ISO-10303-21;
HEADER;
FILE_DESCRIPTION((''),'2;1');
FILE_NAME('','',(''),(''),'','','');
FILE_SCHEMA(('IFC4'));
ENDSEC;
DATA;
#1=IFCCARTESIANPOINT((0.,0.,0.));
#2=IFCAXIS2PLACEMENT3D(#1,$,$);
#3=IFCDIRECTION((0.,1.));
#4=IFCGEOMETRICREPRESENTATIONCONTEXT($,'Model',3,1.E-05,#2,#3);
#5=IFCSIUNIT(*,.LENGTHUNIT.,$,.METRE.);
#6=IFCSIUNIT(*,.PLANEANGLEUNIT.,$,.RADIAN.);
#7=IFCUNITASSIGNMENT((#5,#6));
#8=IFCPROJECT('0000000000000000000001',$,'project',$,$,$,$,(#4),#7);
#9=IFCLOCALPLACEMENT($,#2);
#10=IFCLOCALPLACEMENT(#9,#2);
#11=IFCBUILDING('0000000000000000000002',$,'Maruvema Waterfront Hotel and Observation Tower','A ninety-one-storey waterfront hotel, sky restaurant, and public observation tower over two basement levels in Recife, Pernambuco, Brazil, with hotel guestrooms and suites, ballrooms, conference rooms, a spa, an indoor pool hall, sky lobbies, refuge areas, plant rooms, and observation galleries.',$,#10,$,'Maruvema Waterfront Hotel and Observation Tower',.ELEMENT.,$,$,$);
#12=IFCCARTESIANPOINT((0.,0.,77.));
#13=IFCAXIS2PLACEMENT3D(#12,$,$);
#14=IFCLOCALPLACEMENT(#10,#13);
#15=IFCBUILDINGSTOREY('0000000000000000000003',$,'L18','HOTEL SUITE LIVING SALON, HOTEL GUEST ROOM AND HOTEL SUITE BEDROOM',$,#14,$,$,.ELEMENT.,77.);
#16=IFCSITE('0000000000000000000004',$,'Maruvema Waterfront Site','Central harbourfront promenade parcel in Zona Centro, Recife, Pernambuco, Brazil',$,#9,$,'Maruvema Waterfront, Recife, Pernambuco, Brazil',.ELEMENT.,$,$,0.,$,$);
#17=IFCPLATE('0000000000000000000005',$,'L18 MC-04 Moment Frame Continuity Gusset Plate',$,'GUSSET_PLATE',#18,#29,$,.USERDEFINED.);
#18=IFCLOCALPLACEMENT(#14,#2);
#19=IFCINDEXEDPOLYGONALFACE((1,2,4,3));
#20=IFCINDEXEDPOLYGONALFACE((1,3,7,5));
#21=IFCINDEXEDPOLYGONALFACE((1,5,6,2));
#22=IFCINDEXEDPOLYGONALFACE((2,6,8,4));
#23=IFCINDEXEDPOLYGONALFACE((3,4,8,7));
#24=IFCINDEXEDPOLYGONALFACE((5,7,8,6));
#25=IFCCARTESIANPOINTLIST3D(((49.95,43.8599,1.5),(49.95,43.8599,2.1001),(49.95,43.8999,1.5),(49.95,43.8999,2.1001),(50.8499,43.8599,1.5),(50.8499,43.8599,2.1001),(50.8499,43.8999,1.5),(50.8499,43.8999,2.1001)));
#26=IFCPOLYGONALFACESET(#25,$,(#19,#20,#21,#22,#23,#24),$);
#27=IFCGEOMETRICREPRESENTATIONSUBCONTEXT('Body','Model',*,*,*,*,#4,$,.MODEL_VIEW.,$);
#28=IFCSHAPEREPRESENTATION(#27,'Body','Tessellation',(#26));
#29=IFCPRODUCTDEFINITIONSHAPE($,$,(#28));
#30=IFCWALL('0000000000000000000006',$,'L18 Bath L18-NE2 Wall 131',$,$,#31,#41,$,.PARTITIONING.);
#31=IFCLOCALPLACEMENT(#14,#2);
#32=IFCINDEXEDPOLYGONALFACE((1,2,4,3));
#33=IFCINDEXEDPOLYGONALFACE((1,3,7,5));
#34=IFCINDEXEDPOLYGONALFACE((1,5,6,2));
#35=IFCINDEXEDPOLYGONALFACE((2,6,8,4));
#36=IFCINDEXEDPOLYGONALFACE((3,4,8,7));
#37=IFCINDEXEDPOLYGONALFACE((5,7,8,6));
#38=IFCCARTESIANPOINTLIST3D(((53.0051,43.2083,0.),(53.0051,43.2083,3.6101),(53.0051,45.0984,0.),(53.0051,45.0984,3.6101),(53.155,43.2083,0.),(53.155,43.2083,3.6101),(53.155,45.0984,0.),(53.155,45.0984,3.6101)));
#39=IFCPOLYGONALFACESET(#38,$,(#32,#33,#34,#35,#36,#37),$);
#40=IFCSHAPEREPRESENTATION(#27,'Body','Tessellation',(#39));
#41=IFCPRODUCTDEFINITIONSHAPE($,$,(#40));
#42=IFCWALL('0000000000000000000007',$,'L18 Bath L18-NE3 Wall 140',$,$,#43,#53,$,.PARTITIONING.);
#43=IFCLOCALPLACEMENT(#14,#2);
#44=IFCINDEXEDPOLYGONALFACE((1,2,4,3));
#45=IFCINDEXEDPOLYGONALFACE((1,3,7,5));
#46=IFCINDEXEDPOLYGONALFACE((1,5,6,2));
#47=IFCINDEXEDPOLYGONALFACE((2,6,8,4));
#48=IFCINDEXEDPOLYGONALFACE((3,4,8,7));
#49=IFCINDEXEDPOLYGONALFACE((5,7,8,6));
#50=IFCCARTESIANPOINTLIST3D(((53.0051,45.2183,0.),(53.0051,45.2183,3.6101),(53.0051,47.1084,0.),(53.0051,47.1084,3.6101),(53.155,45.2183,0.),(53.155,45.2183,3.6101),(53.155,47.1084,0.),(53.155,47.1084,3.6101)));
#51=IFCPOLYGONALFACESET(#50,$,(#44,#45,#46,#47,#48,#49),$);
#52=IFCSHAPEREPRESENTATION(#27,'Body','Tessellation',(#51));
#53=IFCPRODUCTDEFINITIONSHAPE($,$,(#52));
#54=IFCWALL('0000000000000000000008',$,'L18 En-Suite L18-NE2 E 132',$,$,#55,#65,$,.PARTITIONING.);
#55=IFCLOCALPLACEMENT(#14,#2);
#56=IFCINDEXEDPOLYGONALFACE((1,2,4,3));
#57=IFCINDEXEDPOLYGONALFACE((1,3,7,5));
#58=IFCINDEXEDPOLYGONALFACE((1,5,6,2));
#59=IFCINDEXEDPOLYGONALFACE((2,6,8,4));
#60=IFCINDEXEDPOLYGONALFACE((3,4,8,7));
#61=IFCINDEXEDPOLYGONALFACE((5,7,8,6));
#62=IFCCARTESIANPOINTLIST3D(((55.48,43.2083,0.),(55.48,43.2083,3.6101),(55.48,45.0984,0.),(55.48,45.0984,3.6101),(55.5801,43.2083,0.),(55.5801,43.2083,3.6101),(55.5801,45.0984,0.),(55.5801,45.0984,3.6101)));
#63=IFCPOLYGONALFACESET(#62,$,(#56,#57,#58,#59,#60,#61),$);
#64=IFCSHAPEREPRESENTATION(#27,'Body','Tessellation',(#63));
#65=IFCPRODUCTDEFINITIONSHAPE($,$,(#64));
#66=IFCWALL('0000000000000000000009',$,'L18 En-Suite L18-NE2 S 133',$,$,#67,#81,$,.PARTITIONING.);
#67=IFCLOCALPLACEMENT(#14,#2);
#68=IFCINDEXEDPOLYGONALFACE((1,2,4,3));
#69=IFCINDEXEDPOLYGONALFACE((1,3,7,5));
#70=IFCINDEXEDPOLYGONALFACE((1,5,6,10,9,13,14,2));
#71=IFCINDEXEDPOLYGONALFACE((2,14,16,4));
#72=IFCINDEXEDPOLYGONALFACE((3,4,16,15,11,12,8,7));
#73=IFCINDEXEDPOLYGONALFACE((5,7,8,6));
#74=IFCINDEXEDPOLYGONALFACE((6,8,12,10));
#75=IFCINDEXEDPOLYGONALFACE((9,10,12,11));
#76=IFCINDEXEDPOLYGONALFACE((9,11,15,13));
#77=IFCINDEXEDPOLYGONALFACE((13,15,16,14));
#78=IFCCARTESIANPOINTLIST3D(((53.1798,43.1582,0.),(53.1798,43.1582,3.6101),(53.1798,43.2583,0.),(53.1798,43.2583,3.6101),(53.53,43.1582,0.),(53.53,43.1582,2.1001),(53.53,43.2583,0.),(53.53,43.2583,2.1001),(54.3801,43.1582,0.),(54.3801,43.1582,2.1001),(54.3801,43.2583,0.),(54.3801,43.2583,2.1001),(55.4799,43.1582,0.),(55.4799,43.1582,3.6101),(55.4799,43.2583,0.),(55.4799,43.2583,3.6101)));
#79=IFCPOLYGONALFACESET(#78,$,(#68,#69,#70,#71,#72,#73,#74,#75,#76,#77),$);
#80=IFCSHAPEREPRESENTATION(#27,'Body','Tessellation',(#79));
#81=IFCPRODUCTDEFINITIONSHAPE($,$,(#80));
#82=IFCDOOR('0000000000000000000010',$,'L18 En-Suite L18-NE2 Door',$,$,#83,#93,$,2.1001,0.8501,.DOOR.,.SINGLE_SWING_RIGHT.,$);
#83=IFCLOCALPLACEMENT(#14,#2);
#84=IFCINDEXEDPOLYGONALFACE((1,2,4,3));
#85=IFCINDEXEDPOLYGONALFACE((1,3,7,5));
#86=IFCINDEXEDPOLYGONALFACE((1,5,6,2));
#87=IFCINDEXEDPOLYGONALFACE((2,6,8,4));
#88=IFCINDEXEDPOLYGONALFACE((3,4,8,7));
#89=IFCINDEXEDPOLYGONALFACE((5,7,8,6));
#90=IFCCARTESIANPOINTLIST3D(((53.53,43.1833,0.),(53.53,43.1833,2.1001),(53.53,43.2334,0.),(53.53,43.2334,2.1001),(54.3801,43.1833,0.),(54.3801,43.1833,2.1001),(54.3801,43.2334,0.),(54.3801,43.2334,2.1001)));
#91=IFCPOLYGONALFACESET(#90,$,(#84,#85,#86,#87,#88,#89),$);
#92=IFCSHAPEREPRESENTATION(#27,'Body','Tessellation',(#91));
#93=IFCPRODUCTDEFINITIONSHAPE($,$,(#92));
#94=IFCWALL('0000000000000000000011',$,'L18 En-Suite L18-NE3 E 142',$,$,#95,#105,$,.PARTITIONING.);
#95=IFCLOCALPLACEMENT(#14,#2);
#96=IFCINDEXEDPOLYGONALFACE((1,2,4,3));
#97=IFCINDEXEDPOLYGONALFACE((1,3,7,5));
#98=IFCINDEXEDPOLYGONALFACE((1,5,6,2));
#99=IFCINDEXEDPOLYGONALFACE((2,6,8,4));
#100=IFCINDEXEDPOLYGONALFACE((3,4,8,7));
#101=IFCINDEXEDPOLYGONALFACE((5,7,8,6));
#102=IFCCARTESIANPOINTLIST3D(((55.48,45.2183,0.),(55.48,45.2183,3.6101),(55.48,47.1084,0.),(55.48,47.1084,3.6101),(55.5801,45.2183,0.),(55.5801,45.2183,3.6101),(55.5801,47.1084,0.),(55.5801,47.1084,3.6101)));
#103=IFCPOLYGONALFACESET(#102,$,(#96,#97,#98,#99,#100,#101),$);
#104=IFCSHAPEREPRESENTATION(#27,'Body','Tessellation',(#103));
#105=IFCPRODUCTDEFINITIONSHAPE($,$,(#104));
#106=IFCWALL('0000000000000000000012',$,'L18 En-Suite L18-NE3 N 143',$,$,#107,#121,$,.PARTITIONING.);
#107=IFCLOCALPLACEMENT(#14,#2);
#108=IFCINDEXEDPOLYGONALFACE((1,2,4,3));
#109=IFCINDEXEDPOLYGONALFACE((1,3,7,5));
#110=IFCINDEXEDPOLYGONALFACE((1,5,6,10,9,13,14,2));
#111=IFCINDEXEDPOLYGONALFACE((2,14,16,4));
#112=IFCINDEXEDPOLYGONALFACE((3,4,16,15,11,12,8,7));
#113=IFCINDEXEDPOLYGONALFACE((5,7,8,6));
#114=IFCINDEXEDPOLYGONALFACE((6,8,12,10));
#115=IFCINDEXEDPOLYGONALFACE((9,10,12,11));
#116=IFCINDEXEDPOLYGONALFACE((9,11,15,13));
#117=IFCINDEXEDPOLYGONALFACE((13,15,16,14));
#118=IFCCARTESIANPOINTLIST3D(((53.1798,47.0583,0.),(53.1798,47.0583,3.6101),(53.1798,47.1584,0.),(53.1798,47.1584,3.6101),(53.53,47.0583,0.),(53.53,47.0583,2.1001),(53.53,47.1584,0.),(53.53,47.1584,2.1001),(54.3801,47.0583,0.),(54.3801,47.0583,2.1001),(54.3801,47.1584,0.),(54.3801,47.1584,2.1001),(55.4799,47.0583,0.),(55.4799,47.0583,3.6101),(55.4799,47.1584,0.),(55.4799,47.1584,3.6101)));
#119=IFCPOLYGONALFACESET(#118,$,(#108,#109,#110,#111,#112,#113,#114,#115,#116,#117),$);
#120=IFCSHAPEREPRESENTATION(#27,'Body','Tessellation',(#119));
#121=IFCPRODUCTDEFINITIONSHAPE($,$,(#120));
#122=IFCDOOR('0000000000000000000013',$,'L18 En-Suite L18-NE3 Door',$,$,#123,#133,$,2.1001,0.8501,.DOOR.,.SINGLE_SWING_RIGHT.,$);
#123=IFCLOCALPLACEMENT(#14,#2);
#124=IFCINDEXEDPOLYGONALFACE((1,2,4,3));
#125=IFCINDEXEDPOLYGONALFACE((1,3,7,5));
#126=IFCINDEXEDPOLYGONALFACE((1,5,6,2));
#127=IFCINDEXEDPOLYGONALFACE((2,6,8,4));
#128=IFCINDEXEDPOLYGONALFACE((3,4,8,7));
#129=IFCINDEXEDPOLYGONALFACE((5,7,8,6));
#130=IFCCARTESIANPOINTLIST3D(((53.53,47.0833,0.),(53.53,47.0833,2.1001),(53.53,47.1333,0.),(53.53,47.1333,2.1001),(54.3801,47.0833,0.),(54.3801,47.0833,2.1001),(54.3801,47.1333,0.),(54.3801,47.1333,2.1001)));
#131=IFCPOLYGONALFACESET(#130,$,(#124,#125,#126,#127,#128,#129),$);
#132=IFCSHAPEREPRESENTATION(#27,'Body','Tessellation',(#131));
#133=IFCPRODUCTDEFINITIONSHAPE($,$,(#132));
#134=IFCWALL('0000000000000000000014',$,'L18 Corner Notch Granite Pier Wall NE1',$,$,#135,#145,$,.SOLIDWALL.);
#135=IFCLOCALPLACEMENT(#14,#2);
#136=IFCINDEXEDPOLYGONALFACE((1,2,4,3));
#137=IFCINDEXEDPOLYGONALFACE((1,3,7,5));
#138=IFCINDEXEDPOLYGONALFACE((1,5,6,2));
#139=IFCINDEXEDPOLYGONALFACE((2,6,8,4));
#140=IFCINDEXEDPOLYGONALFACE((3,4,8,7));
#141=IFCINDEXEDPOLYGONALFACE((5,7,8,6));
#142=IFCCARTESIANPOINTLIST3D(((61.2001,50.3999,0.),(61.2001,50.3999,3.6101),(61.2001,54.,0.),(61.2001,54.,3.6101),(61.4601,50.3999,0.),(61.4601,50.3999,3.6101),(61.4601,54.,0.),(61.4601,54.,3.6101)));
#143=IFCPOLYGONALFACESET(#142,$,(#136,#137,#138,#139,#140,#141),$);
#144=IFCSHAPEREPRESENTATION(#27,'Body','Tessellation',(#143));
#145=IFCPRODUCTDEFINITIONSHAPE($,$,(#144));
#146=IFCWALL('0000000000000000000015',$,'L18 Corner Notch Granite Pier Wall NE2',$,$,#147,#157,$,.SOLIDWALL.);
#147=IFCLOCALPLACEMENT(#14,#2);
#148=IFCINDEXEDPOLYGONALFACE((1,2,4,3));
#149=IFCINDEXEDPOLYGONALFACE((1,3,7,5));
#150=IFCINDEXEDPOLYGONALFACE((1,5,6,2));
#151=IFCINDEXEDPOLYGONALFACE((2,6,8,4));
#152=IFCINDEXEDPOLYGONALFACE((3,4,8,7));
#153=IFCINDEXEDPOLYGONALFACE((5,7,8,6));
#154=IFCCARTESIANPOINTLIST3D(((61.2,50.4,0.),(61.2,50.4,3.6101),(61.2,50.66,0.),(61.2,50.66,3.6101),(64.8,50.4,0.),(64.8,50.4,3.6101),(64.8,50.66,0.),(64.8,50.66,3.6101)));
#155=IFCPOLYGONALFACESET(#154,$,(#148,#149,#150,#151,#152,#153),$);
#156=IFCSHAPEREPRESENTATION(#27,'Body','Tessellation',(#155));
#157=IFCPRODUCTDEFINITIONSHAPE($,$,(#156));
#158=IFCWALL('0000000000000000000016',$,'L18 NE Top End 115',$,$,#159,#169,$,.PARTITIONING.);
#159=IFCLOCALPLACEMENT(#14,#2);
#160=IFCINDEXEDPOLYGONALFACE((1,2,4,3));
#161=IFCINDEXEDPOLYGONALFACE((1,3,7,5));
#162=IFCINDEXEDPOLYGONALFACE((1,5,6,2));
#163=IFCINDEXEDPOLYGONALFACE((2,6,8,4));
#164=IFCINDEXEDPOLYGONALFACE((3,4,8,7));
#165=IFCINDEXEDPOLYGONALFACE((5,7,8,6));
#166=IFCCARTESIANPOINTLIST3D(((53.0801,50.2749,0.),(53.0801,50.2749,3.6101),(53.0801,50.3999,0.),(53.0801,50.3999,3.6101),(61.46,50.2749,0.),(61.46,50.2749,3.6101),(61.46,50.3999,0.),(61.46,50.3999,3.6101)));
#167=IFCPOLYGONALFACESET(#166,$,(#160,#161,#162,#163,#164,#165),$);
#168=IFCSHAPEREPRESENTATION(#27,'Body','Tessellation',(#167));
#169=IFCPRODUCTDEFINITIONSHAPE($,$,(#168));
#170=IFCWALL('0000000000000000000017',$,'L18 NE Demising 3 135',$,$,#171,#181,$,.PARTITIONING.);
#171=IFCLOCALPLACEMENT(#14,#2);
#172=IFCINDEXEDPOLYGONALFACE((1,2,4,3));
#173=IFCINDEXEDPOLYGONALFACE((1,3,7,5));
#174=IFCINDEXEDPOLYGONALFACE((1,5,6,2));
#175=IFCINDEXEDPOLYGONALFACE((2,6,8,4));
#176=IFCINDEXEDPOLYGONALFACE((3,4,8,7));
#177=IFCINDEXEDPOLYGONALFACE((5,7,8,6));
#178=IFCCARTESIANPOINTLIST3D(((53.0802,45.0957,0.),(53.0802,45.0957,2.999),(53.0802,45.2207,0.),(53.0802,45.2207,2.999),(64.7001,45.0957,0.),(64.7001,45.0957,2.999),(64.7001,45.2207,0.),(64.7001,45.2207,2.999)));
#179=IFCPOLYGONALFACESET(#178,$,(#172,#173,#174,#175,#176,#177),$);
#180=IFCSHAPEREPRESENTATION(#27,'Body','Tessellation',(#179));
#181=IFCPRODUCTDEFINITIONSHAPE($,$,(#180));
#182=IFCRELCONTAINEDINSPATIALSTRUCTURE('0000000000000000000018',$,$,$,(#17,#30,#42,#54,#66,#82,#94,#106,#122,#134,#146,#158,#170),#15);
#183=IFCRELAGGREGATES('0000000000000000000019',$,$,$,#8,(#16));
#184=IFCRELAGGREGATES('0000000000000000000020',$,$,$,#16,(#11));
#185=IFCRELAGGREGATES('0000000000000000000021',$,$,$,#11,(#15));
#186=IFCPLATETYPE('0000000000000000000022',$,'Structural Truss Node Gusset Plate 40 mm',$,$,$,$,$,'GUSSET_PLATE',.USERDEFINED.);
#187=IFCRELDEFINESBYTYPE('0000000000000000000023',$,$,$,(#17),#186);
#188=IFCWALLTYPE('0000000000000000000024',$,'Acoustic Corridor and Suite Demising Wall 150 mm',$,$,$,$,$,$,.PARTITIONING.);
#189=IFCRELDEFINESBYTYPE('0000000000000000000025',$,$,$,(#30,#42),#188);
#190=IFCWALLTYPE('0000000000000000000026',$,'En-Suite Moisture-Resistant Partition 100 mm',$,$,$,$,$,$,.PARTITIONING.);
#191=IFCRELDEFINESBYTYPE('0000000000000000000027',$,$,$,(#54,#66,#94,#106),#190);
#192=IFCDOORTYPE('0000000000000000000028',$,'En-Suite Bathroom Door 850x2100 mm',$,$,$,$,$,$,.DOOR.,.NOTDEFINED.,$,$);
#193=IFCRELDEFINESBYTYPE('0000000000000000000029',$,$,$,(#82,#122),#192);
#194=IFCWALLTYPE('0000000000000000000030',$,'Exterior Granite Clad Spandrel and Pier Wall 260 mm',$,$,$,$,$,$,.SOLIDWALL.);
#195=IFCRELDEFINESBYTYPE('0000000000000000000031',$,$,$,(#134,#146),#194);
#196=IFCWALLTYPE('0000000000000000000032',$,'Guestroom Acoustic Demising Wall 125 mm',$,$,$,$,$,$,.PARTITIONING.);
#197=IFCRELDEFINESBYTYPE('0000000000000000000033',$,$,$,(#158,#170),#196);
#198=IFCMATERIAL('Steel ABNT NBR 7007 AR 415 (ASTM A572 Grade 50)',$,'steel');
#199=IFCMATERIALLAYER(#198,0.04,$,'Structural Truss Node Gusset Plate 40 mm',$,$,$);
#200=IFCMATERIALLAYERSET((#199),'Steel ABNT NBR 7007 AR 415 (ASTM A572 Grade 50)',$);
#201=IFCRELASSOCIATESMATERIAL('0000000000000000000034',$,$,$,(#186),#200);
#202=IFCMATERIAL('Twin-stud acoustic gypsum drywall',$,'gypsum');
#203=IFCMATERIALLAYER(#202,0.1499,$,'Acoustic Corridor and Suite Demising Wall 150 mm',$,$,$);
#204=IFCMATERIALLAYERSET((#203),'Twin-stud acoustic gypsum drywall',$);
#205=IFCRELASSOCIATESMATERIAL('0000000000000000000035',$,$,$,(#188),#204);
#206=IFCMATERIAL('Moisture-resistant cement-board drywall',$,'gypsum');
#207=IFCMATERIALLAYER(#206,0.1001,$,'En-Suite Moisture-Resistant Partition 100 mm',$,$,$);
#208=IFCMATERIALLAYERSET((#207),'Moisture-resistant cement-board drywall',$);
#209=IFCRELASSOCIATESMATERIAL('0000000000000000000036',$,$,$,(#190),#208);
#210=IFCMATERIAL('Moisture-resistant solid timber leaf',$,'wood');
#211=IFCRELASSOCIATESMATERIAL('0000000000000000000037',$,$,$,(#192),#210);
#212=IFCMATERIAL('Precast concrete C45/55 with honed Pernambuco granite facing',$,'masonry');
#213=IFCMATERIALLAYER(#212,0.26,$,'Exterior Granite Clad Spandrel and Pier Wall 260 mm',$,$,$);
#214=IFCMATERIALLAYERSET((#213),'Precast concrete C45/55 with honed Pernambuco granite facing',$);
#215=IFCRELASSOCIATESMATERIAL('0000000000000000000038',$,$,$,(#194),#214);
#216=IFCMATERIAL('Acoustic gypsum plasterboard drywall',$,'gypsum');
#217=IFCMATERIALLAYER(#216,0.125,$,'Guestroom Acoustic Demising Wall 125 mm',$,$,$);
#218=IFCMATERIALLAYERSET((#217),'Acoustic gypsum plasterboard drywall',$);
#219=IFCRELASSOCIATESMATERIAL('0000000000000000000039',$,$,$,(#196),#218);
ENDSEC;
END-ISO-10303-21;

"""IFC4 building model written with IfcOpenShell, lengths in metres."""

from ifc_helpers import new_model, si_unit, direction, frame, frame_2d, origin, origin_2d, place, context, subcontext, project, spatial, rectangle, extrude, material, layer, layer_set, type_object, element, fill, save


model = new_model("IFC4")

# Units and contexts
model_context = context("Model", 3, precision=1e-05, world=origin(), true_north=direction((0.0, 1.0)))
body_context = subcontext(model_context, "Body", "Model", "MODEL_VIEW")
ifc_project = project(units=[si_unit("LENGTHUNIT", "METRE"), si_unit("PLANEANGLEUNIT", "RADIAN")], contexts=[model_context])

# Site, building, storey
site_placement = place(None, origin())
site = spatial("IfcSite", under=ifc_project, at=site_placement, Name="Maruvema Waterfront Site", Description="Central harbourfront promenade parcel in Zona Centro, Recife, Pernambuco, Brazil", LongName="Maruvema Waterfront, Recife, Pernambuco, Brazil", CompositionType="ELEMENT", RefElevation=0.0)
building_placement = place(site_placement, origin())
building = spatial("IfcBuilding", under=site, at=building_placement, Name="Maruvema Waterfront Hotel and Observation Tower", Description="A ninety-one-storey waterfront hotel, sky restaurant, and public observation tower over two basement levels in Recife, Pernambuco, Brazil, with hotel guestrooms and suites, ballrooms, conference rooms, a spa, an indoor pool hall, sky lobbies, refuge areas, plant rooms, and observation galleries.", LongName="Maruvema Waterfront Hotel and Observation Tower", CompositionType="ELEMENT")
storey_placement = place(building_placement, frame((0.0, 0.0, 77.0)))
storey = spatial("IfcBuildingStorey", under=building, at=storey_placement, Name="L18", Description="HOTEL SUITE LIVING SALON, HOTEL GUEST ROOM AND HOTEL SUITE BEDROOM", CompositionType="ELEMENT", Elevation=77.0)

# Plate
ifc_material_1 = material(Name="Steel ABNT NBR 7007 AR 415 (ASTM A572 Grade 50)", Category="steel")
ifc_layer_1 = layer(ifc_material_1, 0.04, Name="Structural Truss Node Gusset Plate 40 mm")
ifc_layer_set_1 = layer_set([ifc_layer_1], Name="Steel ABNT NBR 7007 AR 415 (ASTM A572 Grade 50)")
plate_type_1 = type_object("IfcPlateType", Name="Structural Truss Node Gusset Plate 40 mm", ElementType="GUSSET_PLATE", PredefinedType="USERDEFINED", material=ifc_layer_set_1)
plate_1_placement = place(storey_placement, frame((50.3999, 43.8799, 1.5), z_axis=(0.0, 0.0, 1.0), x_axis=(1.0, 0.0, 0.0)))
element("IfcPlate", 1, at=plate_1_placement, inside=storey, type_object=plate_type_1, Name="L18 MC-04 Moment Frame Continuity Gusset Plate", ObjectType="GUSSET_PLATE", PredefinedType="USERDEFINED", context=body_context, shape_type="SweptSolid", body=[
    extrude(rectangle(XDim=0.8999, YDim=0.04, at=origin_2d()), origin(), (0.0, 0.0, 1.0), 0.6001),
])

# Shared definitions
ifc_material_2 = material(Name="Twin-stud acoustic gypsum drywall", Category="gypsum")
ifc_layer_2 = layer(ifc_material_2, 0.1499, Name="Acoustic Corridor and Suite Demising Wall 150 mm")
ifc_layer_set_2 = layer_set([ifc_layer_2], Name="Twin-stud acoustic gypsum drywall")
wall_type_1 = type_object("IfcWallType", Name="Acoustic Corridor and Suite Demising Wall 150 mm", PredefinedType="PARTITIONING", material=ifc_layer_set_2)

# Walls
for number, where, z_axis, x_axis, name in (
    (2, (53.0801, 43.2083, 0.0), (0.0, 0.0, 1.0), (0.0, 1.0, 0.0), "L18 Bath L18-NE2 Wall 131"),
    (3, (53.0801, 45.2183, 0.0), (0.0, 0.0, 1.0), (0.0, 1.0, 0.0), "L18 Bath L18-NE3 Wall 140"),
):
    element("IfcWall", number, at=place(storey_placement, frame(where, z_axis=z_axis, x_axis=x_axis)), inside=storey, type_object=wall_type_1, Name=name, PredefinedType="PARTITIONING", context=body_context, shape_type="SweptSolid", body=[
        extrude(rectangle(XDim=1.8901, YDim=0.1499, at=frame_2d((0.9451, 0.0))), origin(), (0.0, 0.0, 1.0), 3.6101),
    ])

# Wall
ifc_material_3 = material(Name="Moisture-resistant cement-board drywall", Category="gypsum")
ifc_layer_3 = layer(ifc_material_3, 0.1001, Name="En-Suite Moisture-Resistant Partition 100 mm")
ifc_layer_set_3 = layer_set([ifc_layer_3], Name="Moisture-resistant cement-board drywall")
wall_type_2 = type_object("IfcWallType", Name="En-Suite Moisture-Resistant Partition 100 mm", PredefinedType="PARTITIONING", material=ifc_layer_set_3)
wall_1_placement = place(storey_placement, frame((55.53, 43.2083, 0.0), z_axis=(0.0, 0.0, 1.0), x_axis=(0.0, 1.0, 0.0)))
element("IfcWall", 4, at=wall_1_placement, inside=storey, type_object=wall_type_2, Name="L18 En-Suite L18-NE2 E 132", PredefinedType="PARTITIONING", context=body_context, shape_type="SweptSolid", body=[
    extrude(rectangle(XDim=1.8901, YDim=0.1001, at=frame_2d((0.9451, 0.0))), origin(), (0.0, 0.0, 1.0), 3.6101),
])

# Wall, opening, door
wall_2_placement = place(storey_placement, frame((53.1799, 43.2083, 0.0), z_axis=(0.0, 0.0, 1.0), x_axis=(1.0, 0.0, 0.0)))
wall_2 = element("IfcWall", 5, at=wall_2_placement, inside=storey, type_object=wall_type_2, Name="L18 En-Suite L18-NE2 S 133", PredefinedType="PARTITIONING", context=body_context, shape_type="SweptSolid", body=[
    extrude(rectangle(XDim=2.3, YDim=0.1001, at=frame_2d((1.1499, 0.0))), origin(), (0.0, 0.0, 1.0), 3.6101),
])
opening_1_placement = place(wall_2_placement, frame((0.3501, 0.0, 0.0)))
opening_1 = element("IfcOpeningElement", 6, at=opening_1_placement, cuts=wall_2, PredefinedType="OPENING", context=body_context, shape_type="SweptSolid", body=[
    extrude(rectangle(XDim=0.8501, YDim=2.1001, at=frame_2d((0.425, 1.05))), frame((0.0, 0.0601, 0.0), z_axis=(0.0, -1.0, 0.0), x_axis=(1.0, 0.0, 0.0)), (0.0, 0.0, 1.0), 0.1201),
])
ifc_material_4 = material(Name="Moisture-resistant solid timber leaf", Category="wood")
door_type_1 = type_object("IfcDoorType", Name="En-Suite Bathroom Door 850x2100 mm", OperationType="NOTDEFINED", PredefinedType="DOOR", material=ifc_material_4)
door_1_placement = place(opening_1_placement, frame((0.8501, 0.0, 0.0), z_axis=(0.0, 0.0, 1.0), x_axis=(-1.0, 0.0, 0.0)))
door_1 = element("IfcDoor", 7, at=door_1_placement, inside=storey, type_object=door_type_1, Name="L18 En-Suite L18-NE2 Door", OperationType="SINGLE_SWING_RIGHT", OverallHeight=2.1001, OverallWidth=0.8501, PredefinedType="DOOR", context=body_context, shape_type="SweptSolid", body=[
    extrude(rectangle(XDim=0.8501, YDim=2.1001, at=frame_2d((0.425, 1.05))), frame((0.0, 0.0249, 0.0), z_axis=(0.0, -1.0, 0.0), x_axis=(1.0, 0.0, 0.0)), (0.0, 0.0, 1.0), 0.05),
])
fill(opening_1, door_1)

# Wall
wall_3_placement = place(storey_placement, frame((55.53, 45.2183, 0.0), z_axis=(0.0, 0.0, 1.0), x_axis=(0.0, 1.0, 0.0)))
element("IfcWall", 8, at=wall_3_placement, inside=storey, type_object=wall_type_2, Name="L18 En-Suite L18-NE3 E 142", PredefinedType="PARTITIONING", context=body_context, shape_type="SweptSolid", body=[
    extrude(rectangle(XDim=1.8901, YDim=0.1001, at=frame_2d((0.9451, 0.0))), origin(), (0.0, 0.0, 1.0), 3.6101),
])

# Wall, opening, door
wall_4_placement = place(storey_placement, frame((53.1799, 47.1084, 0.0), z_axis=(0.0, 0.0, 1.0), x_axis=(1.0, 0.0, 0.0)))
wall_4 = element("IfcWall", 9, at=wall_4_placement, inside=storey, type_object=wall_type_2, Name="L18 En-Suite L18-NE3 N 143", PredefinedType="PARTITIONING", context=body_context, shape_type="SweptSolid", body=[
    extrude(rectangle(XDim=2.3, YDim=0.1001, at=frame_2d((1.1499, 0.0))), origin(), (0.0, 0.0, 1.0), 3.6101),
])
opening_2_placement = place(wall_4_placement, frame((0.3501, 0.0, 0.0)))
opening_2 = element("IfcOpeningElement", 10, at=opening_2_placement, cuts=wall_4, PredefinedType="OPENING", context=body_context, shape_type="SweptSolid", body=[
    extrude(rectangle(XDim=0.8501, YDim=2.1001, at=frame_2d((0.425, 1.05))), frame((0.0, 0.0601, 0.0), z_axis=(0.0, -1.0, 0.0), x_axis=(1.0, 0.0, 0.0)), (0.0, 0.0, 1.0), 0.1201),
])
door_2_placement = place(opening_2_placement, origin())
door_2 = element("IfcDoor", 11, at=door_2_placement, inside=storey, type_object=door_type_1, Name="L18 En-Suite L18-NE3 Door", OperationType="SINGLE_SWING_RIGHT", OverallHeight=2.1001, OverallWidth=0.8501, PredefinedType="DOOR", context=body_context, shape_type="SweptSolid", body=[
    extrude(rectangle(XDim=0.8501, YDim=2.1001, at=frame_2d((0.425, 1.05))), frame((0.0, 0.0249, 0.0), z_axis=(0.0, -1.0, 0.0), x_axis=(1.0, 0.0, 0.0)), (0.0, 0.0, 1.0), 0.05),
])
fill(opening_2, door_2)

# Walls
ifc_material_5 = material(Name="Precast concrete C45/55 with honed Pernambuco granite facing", Category="masonry")
ifc_layer_4 = layer(ifc_material_5, 0.26, Name="Exterior Granite Clad Spandrel and Pier Wall 260 mm")
ifc_layer_set_4 = layer_set([ifc_layer_4], Name="Precast concrete C45/55 with honed Pernambuco granite facing")
wall_type_3 = type_object("IfcWallType", Name="Exterior Granite Clad Spandrel and Pier Wall 260 mm", PredefinedType="SOLIDWALL", material=ifc_layer_set_4)
for number, where, z_axis, x_axis, name in (
    (12, (61.3301, 54.0, 0.0), (0.0, 0.0, 1.0), (0.0, -1.0, 0.0), "L18 Corner Notch Granite Pier Wall NE1"),
    (13, (61.2, 50.53, 0.0), (0.0, 0.0, 1.0), (1.0, 0.0, 0.0), "L18 Corner Notch Granite Pier Wall NE2"),
):
    element("IfcWall", number, at=place(storey_placement, frame(where, z_axis=z_axis, x_axis=x_axis)), inside=storey, type_object=wall_type_3, Name=name, PredefinedType="SOLIDWALL", context=body_context, shape_type="SweptSolid", body=[
        extrude(rectangle(XDim=3.6001, YDim=0.26, at=frame_2d((1.8, 0.0))), origin(), (0.0, 0.0, 1.0), 3.6101),
    ])
ifc_material_6 = material(Name="Acoustic gypsum plasterboard drywall", Category="gypsum")
ifc_layer_5 = layer(ifc_material_6, 0.125, Name="Guestroom Acoustic Demising Wall 125 mm")
ifc_layer_set_5 = layer_set([ifc_layer_5], Name="Acoustic gypsum plasterboard drywall")
wall_type_4 = type_object("IfcWallType", Name="Guestroom Acoustic Demising Wall 125 mm", PredefinedType="PARTITIONING", material=ifc_layer_set_5)
wall_5_placement = place(storey_placement, frame((53.0801, 50.3374, 0.0), z_axis=(0.0, 0.0, 1.0), x_axis=(1.0, 0.0, 0.0)))
element("IfcWall", 14, at=wall_5_placement, inside=storey, type_object=wall_type_4, Name="L18 NE Top End 115", PredefinedType="PARTITIONING", context=body_context, shape_type="SweptSolid", body=[
    extrude(rectangle(XDim=8.3799, YDim=0.125, at=frame_2d((4.1899, 0.0))), origin(), (0.0, 0.0, 1.0), 3.6101),
])
wall_6_placement = place(storey_placement, frame((53.0801, 45.1582, 0.0), z_axis=(0.0, 0.0, 1.0), x_axis=(1.0, 0.0, 0.0)))
element("IfcWall", 15, at=wall_6_placement, inside=storey, type_object=wall_type_4, Name="L18 NE Demising 3 135", PredefinedType="PARTITIONING", context=body_context, shape_type="SweptSolid", body=[
    extrude(rectangle(XDim=11.6199, YDim=0.125, at=frame_2d((5.8101, 0.0))), origin(), (0.0, 0.0, 1.0), 2.999),
])

save(model, "model.ifc")
